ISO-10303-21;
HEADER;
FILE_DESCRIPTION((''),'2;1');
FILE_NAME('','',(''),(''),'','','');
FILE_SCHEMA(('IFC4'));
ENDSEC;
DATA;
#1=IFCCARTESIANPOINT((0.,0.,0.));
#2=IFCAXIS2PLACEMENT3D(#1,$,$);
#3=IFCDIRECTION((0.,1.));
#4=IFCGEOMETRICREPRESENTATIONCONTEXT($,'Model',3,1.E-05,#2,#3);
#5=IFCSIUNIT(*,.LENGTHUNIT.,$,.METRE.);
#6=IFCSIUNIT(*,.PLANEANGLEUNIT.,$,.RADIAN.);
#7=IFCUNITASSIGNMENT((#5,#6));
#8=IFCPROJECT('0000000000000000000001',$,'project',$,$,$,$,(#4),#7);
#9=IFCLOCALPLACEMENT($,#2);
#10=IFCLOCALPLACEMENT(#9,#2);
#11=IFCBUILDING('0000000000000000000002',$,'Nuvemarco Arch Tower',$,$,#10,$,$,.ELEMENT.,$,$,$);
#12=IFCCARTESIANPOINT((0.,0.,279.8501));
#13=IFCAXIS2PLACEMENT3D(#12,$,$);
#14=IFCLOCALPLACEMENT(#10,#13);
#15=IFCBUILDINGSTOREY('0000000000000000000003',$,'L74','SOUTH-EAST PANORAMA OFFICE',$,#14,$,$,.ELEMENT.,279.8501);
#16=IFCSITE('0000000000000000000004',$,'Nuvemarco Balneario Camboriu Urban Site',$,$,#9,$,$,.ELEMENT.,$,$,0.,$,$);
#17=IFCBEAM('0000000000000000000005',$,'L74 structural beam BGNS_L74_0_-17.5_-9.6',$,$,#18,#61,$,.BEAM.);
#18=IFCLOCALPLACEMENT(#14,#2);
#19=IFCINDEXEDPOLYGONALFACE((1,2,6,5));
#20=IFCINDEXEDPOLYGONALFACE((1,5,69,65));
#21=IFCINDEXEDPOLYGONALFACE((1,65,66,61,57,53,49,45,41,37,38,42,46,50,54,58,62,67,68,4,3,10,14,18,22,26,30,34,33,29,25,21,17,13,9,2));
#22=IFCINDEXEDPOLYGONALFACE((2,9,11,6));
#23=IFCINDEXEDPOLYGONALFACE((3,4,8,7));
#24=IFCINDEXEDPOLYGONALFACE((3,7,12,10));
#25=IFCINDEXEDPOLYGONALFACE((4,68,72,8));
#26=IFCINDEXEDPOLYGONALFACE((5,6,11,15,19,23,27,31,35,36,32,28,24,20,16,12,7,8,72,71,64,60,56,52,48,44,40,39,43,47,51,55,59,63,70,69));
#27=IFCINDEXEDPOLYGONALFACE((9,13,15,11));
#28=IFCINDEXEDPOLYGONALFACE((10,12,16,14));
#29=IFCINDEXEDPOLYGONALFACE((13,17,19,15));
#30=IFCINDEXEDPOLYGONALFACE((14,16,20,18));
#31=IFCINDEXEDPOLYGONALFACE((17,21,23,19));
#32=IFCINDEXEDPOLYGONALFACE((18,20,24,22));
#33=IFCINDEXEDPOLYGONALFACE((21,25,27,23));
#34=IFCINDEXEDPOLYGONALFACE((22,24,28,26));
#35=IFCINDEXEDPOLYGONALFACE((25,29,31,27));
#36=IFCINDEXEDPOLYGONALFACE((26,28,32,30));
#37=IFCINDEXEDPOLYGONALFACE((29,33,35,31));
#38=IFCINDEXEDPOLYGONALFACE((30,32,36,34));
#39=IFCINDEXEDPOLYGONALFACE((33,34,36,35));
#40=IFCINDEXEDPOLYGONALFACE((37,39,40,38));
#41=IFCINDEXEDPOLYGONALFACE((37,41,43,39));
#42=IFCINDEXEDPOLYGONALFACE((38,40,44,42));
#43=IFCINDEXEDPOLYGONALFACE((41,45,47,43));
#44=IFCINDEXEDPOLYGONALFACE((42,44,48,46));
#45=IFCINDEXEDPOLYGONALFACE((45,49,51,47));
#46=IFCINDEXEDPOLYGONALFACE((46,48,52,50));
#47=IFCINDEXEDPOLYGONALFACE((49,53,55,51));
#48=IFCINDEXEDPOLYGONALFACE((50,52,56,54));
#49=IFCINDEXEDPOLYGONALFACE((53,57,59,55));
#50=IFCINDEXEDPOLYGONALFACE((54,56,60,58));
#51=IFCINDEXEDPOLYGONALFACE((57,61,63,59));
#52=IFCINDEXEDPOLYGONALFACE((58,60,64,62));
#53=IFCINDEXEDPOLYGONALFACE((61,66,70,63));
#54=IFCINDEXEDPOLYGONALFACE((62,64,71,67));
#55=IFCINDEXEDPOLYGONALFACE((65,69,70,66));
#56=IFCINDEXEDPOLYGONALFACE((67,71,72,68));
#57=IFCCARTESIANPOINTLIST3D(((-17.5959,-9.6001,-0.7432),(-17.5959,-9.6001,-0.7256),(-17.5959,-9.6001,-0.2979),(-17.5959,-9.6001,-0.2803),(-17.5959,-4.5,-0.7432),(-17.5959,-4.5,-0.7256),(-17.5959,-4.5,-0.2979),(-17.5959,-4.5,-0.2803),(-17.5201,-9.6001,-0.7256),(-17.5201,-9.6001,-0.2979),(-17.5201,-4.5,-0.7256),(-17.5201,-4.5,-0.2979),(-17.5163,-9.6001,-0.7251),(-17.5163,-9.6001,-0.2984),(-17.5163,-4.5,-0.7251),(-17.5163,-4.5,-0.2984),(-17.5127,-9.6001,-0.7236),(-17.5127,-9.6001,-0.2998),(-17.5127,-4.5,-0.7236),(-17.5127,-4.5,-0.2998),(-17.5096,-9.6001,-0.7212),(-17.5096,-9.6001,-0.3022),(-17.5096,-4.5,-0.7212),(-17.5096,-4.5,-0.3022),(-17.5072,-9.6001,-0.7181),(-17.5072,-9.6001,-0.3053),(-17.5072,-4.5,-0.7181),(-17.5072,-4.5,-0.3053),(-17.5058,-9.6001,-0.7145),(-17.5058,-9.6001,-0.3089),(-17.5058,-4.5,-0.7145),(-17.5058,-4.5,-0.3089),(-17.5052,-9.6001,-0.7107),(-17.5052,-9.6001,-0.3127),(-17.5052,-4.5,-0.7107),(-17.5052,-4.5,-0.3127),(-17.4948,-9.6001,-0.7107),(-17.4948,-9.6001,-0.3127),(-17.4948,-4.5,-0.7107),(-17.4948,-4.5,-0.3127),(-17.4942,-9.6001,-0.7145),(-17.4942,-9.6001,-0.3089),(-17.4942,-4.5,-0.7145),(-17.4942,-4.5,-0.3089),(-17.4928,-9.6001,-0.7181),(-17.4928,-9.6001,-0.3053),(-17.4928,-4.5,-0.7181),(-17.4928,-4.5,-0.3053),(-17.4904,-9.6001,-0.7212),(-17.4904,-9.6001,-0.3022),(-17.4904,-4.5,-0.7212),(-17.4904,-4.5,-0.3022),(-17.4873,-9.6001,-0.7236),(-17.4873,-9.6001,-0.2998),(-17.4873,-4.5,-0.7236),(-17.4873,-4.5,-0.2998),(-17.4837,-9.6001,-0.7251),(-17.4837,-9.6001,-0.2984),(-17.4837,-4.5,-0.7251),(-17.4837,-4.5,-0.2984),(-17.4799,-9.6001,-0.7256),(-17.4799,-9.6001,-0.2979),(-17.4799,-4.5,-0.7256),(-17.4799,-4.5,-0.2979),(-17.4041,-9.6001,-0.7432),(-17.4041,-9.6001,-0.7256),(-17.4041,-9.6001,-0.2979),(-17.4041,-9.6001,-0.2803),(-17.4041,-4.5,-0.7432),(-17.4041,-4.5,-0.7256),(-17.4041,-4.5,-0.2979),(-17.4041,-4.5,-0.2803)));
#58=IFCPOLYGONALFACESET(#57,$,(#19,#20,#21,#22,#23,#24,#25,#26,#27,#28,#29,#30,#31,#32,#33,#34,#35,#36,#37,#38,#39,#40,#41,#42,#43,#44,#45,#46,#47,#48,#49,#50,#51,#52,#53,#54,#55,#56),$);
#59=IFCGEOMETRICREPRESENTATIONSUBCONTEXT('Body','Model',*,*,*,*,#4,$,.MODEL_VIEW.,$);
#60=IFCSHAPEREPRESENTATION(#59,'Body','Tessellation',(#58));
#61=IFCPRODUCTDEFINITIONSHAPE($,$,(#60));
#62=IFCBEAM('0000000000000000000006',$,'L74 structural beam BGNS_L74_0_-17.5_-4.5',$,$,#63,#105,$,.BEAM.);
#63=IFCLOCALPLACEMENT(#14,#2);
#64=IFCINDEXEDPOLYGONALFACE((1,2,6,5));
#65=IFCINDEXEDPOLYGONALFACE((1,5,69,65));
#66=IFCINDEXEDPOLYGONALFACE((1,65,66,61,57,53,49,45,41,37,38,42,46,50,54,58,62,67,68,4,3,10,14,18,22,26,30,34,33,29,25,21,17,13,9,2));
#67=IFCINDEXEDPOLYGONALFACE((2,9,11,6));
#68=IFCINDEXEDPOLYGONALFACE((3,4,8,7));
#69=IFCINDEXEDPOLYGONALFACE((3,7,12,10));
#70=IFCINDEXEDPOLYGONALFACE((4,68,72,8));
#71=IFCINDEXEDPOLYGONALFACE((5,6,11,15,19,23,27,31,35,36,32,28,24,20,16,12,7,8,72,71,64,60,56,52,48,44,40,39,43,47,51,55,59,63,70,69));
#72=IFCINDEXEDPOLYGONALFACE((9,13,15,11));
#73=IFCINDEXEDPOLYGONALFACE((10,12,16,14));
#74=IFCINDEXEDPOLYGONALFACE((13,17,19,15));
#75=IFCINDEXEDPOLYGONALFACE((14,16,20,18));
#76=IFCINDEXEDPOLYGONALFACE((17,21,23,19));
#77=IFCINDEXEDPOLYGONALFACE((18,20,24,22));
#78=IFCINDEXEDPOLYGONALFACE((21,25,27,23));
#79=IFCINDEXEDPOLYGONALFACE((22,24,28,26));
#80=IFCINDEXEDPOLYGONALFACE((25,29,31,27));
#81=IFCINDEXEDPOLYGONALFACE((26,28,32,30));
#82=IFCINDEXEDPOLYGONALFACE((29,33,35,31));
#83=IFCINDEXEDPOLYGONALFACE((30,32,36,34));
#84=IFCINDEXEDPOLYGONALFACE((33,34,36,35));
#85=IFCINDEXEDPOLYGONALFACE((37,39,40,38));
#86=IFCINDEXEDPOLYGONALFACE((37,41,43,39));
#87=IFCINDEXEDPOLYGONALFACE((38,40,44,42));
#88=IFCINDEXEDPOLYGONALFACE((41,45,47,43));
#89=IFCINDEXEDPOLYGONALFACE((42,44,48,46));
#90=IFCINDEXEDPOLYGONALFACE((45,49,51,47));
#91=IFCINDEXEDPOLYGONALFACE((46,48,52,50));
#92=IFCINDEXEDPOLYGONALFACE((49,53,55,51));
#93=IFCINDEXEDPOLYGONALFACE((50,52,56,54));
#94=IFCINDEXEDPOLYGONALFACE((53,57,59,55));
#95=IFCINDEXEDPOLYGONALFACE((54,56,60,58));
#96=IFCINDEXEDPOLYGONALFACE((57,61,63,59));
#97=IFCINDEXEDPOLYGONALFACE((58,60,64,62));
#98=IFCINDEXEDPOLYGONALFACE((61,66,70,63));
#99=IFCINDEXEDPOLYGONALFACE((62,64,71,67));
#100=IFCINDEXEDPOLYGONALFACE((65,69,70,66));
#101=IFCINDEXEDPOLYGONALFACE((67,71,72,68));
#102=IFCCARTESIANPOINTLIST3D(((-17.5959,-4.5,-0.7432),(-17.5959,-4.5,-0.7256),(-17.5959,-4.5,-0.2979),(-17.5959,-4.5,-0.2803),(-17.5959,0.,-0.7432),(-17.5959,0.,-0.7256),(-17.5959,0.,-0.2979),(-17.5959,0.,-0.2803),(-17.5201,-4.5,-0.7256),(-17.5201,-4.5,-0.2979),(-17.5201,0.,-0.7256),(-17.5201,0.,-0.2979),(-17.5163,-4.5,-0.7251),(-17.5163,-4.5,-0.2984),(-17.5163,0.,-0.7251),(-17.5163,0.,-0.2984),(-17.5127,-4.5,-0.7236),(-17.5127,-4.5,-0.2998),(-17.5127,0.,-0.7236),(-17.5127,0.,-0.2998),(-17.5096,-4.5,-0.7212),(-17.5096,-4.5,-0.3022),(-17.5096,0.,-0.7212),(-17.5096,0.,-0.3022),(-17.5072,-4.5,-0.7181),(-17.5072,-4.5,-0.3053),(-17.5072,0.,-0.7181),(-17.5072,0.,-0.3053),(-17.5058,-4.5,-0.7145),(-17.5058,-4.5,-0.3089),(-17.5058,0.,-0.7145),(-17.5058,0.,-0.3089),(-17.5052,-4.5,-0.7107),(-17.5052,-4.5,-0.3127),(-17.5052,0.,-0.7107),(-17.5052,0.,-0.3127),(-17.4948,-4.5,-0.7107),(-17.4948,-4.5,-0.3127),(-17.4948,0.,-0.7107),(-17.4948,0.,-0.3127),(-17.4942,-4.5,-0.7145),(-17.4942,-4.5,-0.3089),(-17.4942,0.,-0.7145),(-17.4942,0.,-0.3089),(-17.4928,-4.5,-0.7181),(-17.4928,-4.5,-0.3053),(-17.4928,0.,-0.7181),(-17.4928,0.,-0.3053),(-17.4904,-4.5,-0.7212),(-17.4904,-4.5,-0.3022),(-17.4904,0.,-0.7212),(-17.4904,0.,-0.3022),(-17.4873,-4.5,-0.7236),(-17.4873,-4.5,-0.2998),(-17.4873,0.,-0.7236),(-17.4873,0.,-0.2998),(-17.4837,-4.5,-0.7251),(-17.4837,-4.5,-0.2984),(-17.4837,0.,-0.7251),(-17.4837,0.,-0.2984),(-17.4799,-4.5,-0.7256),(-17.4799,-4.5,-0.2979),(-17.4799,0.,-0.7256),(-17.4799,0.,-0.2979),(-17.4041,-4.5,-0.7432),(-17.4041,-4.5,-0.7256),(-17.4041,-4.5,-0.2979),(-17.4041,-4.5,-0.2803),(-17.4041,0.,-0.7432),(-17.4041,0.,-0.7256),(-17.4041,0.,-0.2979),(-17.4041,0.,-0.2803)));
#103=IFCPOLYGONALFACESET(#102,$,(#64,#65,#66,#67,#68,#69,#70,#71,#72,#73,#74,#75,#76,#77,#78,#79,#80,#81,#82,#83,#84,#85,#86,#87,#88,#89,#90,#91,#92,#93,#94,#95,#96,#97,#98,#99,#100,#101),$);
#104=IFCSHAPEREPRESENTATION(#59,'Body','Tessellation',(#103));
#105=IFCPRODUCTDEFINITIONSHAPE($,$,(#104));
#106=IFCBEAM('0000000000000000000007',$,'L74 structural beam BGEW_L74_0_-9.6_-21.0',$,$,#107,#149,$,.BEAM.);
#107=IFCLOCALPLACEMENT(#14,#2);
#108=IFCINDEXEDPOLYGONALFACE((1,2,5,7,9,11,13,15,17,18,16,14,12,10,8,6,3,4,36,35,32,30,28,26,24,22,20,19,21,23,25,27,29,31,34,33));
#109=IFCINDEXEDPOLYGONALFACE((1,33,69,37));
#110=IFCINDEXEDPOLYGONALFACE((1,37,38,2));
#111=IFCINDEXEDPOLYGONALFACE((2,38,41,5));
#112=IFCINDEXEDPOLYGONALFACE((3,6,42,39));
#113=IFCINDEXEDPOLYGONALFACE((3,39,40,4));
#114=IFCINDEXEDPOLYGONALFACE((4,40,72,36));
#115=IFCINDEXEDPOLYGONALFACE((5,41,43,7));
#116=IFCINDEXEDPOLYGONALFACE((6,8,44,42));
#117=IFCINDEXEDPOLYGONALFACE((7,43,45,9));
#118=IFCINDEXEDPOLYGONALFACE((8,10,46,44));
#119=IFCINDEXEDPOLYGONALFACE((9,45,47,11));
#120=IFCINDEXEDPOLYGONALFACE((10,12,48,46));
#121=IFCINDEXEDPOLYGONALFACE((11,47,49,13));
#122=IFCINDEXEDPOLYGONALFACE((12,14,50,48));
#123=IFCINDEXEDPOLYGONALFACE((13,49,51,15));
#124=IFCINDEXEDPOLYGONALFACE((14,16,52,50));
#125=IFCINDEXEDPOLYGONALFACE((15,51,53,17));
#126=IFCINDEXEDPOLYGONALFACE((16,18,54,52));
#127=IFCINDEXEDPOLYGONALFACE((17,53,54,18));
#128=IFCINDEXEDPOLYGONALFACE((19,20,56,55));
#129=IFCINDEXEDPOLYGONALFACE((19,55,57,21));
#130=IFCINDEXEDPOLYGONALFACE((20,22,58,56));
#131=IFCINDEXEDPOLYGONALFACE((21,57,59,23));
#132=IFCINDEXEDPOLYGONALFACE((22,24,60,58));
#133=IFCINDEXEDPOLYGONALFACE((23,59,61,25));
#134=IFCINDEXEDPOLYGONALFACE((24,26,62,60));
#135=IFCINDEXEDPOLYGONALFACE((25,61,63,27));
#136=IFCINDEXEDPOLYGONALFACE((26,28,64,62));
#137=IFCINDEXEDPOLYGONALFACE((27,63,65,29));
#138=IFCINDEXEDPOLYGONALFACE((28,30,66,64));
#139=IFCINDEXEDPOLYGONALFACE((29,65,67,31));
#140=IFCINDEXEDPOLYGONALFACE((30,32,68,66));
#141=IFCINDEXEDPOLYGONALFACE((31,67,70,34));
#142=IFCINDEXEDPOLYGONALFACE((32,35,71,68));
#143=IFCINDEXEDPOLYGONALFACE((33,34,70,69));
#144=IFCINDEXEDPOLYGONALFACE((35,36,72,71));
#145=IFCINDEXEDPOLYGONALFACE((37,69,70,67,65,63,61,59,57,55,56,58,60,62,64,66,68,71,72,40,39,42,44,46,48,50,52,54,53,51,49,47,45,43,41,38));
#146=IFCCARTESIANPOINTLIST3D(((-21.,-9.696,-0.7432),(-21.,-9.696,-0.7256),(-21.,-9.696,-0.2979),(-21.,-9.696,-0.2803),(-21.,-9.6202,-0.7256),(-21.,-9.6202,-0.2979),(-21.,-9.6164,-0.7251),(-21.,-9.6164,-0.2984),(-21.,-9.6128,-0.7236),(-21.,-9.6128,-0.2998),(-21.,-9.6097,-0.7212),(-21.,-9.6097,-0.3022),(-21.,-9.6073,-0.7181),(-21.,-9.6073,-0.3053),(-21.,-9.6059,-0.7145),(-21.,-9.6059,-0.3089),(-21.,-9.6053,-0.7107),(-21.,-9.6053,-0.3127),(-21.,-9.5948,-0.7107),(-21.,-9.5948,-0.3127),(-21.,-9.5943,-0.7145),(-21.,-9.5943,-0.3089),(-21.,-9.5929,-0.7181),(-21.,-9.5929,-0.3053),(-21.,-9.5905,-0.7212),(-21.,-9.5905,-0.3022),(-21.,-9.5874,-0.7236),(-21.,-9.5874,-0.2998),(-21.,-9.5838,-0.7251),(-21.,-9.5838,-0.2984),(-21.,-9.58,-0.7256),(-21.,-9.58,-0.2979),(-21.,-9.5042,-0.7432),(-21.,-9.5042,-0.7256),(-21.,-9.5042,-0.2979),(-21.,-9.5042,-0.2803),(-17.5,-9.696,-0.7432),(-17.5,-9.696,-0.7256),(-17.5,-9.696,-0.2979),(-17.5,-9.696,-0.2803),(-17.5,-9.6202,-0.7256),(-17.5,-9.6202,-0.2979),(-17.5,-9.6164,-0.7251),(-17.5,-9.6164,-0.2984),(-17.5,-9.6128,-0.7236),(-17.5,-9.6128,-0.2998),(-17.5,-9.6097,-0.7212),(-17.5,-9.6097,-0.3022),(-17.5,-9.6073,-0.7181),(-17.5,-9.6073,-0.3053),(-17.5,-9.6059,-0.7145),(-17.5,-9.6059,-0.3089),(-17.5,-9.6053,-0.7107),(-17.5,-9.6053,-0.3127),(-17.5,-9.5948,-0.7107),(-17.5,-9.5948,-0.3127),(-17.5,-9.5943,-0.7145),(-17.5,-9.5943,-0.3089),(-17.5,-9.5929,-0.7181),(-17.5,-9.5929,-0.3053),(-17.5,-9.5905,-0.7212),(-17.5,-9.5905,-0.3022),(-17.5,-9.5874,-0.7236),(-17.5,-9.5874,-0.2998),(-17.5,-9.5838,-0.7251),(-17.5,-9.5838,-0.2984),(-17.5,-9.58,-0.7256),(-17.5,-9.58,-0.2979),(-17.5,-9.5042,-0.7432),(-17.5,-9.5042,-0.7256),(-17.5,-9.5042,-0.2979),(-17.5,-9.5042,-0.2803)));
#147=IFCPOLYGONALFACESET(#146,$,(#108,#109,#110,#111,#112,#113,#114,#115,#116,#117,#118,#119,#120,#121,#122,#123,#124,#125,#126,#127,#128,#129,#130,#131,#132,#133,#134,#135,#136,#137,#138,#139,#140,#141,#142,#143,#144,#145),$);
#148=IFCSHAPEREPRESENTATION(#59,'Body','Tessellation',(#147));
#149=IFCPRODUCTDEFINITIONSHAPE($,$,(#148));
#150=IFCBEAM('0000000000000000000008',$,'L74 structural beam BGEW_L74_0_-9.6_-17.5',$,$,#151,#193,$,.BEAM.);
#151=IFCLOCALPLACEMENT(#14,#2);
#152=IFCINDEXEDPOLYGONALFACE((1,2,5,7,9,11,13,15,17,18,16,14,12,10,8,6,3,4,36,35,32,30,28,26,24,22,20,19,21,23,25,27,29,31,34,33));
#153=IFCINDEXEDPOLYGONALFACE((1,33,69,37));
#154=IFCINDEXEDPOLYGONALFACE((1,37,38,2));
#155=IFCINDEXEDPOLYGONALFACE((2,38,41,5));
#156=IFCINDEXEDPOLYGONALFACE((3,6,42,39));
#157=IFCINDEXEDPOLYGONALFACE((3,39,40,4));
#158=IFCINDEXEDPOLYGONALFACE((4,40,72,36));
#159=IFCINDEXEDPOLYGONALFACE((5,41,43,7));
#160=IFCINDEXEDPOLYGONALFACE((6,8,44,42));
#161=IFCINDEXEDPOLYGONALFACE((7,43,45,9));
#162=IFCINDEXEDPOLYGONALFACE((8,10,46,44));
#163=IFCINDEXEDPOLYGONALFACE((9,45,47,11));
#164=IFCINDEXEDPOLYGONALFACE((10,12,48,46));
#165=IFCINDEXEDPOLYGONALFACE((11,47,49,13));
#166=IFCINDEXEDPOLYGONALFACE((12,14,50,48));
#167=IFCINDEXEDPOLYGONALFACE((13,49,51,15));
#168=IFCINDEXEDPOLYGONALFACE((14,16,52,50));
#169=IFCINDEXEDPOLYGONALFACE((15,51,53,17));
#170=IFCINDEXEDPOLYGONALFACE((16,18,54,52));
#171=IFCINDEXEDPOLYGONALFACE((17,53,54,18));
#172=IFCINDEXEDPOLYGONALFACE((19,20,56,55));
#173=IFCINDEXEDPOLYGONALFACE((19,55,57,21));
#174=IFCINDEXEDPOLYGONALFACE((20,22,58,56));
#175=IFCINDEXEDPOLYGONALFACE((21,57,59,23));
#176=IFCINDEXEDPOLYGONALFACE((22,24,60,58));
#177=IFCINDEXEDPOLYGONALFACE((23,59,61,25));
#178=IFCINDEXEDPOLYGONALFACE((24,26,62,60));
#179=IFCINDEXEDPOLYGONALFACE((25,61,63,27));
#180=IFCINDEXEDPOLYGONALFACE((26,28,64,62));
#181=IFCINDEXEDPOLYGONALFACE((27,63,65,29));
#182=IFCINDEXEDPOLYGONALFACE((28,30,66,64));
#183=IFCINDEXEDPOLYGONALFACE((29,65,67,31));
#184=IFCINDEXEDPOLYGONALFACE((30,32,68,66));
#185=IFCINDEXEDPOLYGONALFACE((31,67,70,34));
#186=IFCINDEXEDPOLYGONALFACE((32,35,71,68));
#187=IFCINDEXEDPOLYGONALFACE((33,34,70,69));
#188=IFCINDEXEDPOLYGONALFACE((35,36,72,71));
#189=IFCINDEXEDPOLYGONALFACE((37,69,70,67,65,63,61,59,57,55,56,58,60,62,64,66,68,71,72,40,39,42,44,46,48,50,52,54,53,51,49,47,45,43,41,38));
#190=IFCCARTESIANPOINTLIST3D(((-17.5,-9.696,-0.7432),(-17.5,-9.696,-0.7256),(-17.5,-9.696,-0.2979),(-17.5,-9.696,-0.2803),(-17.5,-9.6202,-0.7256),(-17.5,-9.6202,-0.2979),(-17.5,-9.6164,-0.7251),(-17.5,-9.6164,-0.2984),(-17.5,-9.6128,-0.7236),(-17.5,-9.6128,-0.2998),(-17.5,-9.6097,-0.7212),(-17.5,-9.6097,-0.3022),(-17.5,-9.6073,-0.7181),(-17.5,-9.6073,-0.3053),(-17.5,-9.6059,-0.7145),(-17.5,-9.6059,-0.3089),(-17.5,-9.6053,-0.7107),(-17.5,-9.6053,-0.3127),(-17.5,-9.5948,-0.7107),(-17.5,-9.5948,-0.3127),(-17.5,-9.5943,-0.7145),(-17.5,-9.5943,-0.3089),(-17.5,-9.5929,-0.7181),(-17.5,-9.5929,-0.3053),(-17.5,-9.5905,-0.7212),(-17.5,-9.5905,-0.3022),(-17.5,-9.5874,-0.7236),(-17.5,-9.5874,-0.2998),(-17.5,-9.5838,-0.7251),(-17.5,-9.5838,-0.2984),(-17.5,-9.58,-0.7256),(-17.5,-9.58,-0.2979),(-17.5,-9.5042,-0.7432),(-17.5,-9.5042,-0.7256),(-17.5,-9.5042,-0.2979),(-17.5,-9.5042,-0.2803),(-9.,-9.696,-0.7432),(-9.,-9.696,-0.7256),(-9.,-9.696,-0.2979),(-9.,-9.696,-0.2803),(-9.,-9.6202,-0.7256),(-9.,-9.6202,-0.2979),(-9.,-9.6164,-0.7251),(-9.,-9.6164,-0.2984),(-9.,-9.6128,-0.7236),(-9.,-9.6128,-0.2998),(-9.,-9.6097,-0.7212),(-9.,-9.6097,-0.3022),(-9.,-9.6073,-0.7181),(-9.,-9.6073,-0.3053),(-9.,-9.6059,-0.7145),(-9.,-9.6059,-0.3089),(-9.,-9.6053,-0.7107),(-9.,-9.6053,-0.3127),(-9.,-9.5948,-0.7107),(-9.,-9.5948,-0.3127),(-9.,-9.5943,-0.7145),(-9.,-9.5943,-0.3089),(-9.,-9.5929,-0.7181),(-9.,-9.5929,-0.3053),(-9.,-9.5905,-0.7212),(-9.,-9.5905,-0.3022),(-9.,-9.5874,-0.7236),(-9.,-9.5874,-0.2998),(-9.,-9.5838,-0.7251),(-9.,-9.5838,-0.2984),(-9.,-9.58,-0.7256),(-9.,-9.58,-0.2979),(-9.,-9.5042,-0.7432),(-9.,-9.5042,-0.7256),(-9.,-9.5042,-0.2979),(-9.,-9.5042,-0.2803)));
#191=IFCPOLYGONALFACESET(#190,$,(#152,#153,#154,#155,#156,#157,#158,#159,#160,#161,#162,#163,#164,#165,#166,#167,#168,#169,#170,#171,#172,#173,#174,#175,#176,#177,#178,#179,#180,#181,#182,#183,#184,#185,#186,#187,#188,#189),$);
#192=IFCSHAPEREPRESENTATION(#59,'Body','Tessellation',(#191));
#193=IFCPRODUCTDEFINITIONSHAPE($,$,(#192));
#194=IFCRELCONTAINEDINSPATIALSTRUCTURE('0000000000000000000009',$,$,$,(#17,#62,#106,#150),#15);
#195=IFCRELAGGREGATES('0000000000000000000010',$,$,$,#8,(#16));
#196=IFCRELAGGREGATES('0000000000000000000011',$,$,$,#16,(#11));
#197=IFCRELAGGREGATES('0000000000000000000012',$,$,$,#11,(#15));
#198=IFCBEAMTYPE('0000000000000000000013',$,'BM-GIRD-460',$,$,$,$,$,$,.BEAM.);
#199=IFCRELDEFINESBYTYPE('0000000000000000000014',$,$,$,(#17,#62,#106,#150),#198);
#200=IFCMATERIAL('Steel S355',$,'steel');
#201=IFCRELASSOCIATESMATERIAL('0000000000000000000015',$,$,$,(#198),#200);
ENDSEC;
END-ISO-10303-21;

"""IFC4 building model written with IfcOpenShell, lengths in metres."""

from ifc_helpers import new_model, si_unit, direction, frame, origin, origin_2d, place, context, subcontext, project, spatial, i_section, extrude, material, material_profile, profile_set, type_object, element, save


model = new_model("IFC4")

# Units and contexts
model_context = context("Model", 3, precision=1e-05, world=origin(), true_north=direction((0.0, 1.0)))
body_context = subcontext(model_context, "Body", "Model", "MODEL_VIEW")
ifc_project = project(units=[si_unit("LENGTHUNIT", "METRE"), si_unit("PLANEANGLEUNIT", "RADIAN")], contexts=[model_context])

# Site, building, storey
site_placement = place(None, origin())
site = spatial("IfcSite", under=ifc_project, at=site_placement, Name="Nuvemarco Balneario Camboriu Urban Site", CompositionType="ELEMENT", RefElevation=0.0)
building_placement = place(site_placement, origin())
building = spatial("IfcBuilding", under=site, at=building_placement, Name="Nuvemarco Arch Tower", CompositionType="ELEMENT")
storey_placement = place(building_placement, frame((0.0, 0.0, 279.8501)))
storey = spatial("IfcBuildingStorey", under=building, at=storey_placement, Name="L74", Description="SOUTH-EAST PANORAMA OFFICE", CompositionType="ELEMENT", Elevation=279.8501)

# Shared definitions
ifc_material_1 = material(Name="Steel S355", Category="steel")

# Beams
ifc_material_profile_1 = material_profile(ifc_material_1, i_section(OverallWidth=0.1919, OverallDepth=0.4629, WebThickness=0.0105, FlangeThickness=0.0176, FilletRadius=0.0149, at=origin_2d()), Name="W460x89")
ifc_profile_set_1 = profile_set([ifc_material_profile_1], Name="Steel S355")
beam_type_1 = type_object("IfcBeamType", Name="BM-GIRD-460", PredefinedType="BEAM", material=ifc_profile_set_1)
beam_1_placement = place(storey_placement, frame((-17.5, -9.6001, -0.5117), z_axis=(0.0, 1.0, 0.0), x_axis=(-1.0, 0.0, 0.0)))
element("IfcBeam", 1, at=beam_1_placement, inside=storey, type_object=beam_type_1, Name="L74 structural beam BGNS_L74_0_-17.5_-9.6", PredefinedType="BEAM", context=body_context, shape_type="SweptSolid", body=[
    extrude(i_section(OverallWidth=0.1919, OverallDepth=0.4629, WebThickness=0.0105, FlangeThickness=0.0176, FilletRadius=0.0149, at=origin_2d()), origin(), (0.0, 0.0, 1.0), 5.1001),
])
beam_2_placement = place(storey_placement, frame((-17.5, -4.5, -0.5117), z_axis=(0.0, 1.0, 0.0), x_axis=(-1.0, 0.0, 0.0)))
element("IfcBeam", 2, at=beam_2_placement, inside=storey, type_object=beam_type_1, Name="L74 structural beam BGNS_L74_0_-17.5_-4.5", PredefinedType="BEAM", context=body_context, shape_type="SweptSolid", body=[
    extrude(i_section(OverallWidth=0.1919, OverallDepth=0.4629, WebThickness=0.0105, FlangeThickness=0.0176, FilletRadius=0.0149, at=origin_2d()), origin(), (0.0, 0.0, 1.0), 4.5),
])
beam_3_placement = place(storey_placement, frame((-21.0, -9.6001, -0.5117), z_axis=(1.0, 0.0, 0.0), x_axis=(0.0, 1.0, 0.0)))
element("IfcBeam", 3, at=beam_3_placement, inside=storey, type_object=beam_type_1, Name="L74 structural beam BGEW_L74_0_-9.6_-21.0", PredefinedType="BEAM", context=body_context, shape_type="SweptSolid", body=[
    extrude(i_section(OverallWidth=0.1919, OverallDepth=0.4629, WebThickness=0.0105, FlangeThickness=0.0176, FilletRadius=0.0149, at=origin_2d()), origin(), (0.0, 0.0, 1.0), 3.5),
])
beam_4_placement = place(storey_placement, frame((-17.5, -9.6001, -0.5117), z_axis=(1.0, 0.0, 0.0), x_axis=(0.0, 1.0, 0.0)))
element("IfcBeam", 4, at=beam_4_placement, inside=storey, type_object=beam_type_1, Name="L74 structural beam BGEW_L74_0_-9.6_-17.5", PredefinedType="BEAM", context=body_context, shape_type="SweptSolid", body=[
    extrude(i_section(OverallWidth=0.1919, OverallDepth=0.4629, WebThickness=0.0105, FlangeThickness=0.0176, FilletRadius=0.0149, at=origin_2d()), origin(), (0.0, 0.0, 1.0), 8.5),
])

save(model, "model.ifc")
